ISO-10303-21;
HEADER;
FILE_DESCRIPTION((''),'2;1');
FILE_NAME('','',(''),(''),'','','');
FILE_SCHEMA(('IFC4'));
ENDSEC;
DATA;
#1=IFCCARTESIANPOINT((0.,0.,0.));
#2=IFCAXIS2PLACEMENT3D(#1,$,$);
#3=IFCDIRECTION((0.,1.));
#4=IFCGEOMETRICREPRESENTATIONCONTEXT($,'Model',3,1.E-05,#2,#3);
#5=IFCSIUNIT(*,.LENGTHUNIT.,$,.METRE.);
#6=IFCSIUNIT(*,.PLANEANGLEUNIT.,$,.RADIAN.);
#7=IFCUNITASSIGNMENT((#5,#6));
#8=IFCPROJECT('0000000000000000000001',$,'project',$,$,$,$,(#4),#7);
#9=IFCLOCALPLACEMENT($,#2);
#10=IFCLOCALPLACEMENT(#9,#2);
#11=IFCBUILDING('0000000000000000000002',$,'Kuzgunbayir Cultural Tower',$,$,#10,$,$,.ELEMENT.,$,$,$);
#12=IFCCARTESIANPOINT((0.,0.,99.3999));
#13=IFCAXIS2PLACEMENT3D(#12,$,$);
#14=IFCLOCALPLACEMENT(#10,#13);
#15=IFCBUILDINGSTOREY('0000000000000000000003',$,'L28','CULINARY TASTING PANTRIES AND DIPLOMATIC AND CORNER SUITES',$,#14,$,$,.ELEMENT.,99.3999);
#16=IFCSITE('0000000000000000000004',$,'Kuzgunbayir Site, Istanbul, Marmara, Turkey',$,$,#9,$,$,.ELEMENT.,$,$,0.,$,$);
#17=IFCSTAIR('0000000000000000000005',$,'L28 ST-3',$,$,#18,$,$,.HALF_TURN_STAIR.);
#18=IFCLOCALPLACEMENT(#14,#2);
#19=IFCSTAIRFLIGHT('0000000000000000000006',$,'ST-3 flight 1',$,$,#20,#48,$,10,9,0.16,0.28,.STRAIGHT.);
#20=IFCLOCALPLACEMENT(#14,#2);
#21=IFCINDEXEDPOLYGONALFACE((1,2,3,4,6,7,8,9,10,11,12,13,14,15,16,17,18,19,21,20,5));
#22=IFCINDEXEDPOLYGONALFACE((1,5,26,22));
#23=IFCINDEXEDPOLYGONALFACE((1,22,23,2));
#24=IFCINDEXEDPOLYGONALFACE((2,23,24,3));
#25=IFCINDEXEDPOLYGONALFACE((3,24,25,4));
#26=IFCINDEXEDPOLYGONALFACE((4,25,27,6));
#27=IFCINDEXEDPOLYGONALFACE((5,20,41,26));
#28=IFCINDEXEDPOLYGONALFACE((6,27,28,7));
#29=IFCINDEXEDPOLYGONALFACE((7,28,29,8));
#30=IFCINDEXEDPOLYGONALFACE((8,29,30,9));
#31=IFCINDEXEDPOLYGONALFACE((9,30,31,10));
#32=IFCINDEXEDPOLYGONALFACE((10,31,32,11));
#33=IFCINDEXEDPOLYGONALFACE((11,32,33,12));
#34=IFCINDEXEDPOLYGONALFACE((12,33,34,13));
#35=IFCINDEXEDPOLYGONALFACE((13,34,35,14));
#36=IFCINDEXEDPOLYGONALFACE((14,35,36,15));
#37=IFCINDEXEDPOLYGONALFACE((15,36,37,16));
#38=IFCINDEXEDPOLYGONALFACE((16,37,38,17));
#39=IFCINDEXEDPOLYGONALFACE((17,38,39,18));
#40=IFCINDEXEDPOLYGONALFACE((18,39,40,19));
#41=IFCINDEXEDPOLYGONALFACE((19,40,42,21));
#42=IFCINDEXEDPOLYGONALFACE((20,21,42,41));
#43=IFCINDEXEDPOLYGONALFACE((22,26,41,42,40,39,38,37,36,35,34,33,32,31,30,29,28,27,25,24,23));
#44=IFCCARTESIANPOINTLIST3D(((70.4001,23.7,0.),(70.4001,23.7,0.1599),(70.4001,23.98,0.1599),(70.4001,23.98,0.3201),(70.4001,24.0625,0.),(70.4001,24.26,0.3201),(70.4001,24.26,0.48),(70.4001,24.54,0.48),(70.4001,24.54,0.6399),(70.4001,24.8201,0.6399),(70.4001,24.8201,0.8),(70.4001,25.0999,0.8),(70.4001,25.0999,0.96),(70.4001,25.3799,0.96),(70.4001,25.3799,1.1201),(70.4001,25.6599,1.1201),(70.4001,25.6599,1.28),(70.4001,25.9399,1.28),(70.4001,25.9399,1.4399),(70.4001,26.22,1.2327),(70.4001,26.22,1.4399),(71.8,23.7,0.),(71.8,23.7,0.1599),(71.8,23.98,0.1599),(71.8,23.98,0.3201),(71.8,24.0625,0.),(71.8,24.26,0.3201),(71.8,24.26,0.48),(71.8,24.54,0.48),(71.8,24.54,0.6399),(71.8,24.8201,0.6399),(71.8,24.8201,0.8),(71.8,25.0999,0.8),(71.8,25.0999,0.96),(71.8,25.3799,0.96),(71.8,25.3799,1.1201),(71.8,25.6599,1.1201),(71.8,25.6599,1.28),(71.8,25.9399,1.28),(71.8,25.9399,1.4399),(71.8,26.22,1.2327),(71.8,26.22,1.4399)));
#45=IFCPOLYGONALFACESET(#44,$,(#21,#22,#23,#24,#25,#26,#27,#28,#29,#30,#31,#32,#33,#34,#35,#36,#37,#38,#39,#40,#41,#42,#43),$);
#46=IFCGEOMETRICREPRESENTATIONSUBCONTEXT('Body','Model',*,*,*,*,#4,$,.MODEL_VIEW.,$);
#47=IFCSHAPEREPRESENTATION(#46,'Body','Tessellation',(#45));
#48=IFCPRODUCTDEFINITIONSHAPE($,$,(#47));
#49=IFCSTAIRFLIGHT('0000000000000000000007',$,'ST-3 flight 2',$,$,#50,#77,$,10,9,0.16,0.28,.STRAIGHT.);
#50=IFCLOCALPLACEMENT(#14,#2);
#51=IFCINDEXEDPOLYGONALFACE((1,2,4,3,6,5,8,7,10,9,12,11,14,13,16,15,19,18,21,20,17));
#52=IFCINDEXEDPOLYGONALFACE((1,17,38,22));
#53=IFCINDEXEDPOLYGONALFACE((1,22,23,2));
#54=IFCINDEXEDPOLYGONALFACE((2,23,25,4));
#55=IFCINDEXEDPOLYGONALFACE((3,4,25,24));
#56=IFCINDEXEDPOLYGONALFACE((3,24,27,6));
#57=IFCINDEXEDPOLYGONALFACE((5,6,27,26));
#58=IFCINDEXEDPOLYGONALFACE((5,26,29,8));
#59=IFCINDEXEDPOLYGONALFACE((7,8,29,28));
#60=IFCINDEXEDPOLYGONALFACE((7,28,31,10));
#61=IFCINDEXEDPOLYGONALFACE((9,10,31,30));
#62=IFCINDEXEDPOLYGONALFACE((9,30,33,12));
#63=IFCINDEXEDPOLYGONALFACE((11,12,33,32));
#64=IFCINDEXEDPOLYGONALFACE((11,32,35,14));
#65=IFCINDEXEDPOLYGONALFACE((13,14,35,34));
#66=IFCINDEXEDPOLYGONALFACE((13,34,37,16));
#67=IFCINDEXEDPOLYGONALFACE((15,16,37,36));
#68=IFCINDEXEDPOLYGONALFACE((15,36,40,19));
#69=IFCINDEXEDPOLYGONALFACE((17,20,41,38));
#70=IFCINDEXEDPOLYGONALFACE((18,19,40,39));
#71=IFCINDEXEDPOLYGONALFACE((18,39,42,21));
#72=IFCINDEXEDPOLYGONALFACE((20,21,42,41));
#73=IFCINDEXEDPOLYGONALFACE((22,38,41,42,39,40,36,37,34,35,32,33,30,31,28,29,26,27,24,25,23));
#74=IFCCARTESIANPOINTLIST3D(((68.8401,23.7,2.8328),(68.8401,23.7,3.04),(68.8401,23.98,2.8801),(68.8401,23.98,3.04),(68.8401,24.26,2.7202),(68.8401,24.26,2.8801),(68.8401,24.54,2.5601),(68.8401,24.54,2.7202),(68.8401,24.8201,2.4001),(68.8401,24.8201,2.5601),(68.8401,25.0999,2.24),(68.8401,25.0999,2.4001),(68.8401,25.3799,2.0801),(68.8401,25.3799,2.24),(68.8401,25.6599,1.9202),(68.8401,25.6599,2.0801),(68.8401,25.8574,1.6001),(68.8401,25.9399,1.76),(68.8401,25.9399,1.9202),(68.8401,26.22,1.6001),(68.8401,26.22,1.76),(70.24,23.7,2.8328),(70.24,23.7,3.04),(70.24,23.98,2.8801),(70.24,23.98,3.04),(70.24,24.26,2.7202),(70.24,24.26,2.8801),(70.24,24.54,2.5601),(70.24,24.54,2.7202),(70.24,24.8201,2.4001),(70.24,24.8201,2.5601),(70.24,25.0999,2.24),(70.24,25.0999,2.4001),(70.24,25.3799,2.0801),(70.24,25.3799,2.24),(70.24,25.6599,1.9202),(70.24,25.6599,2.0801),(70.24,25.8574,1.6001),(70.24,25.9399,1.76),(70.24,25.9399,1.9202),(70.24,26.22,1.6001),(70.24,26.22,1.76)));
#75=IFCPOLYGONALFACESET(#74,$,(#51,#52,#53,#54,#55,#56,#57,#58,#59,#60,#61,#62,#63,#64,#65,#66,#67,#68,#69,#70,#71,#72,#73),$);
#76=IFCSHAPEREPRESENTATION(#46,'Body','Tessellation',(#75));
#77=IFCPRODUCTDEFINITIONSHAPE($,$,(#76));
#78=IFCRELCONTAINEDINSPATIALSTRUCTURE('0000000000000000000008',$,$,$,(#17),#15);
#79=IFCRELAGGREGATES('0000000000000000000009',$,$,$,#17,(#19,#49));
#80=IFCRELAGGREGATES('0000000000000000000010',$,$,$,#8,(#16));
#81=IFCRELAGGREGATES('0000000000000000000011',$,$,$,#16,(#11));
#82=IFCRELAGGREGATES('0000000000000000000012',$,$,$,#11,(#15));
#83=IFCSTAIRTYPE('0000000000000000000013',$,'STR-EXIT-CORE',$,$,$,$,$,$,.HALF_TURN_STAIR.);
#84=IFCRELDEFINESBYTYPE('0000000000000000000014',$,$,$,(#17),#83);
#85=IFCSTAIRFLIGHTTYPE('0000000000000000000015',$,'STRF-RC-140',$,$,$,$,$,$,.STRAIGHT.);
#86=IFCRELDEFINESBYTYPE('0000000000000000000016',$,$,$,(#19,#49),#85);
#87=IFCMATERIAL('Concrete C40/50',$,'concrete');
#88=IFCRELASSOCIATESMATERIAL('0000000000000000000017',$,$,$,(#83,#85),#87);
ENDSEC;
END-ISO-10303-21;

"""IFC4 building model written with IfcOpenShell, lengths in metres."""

from ifc_helpers import new_model, si_unit, direction, frame, origin, place, context, subcontext, project, spatial, polyline, outline, extrude, material, type_object, element, aggregate, save


model = new_model("IFC4")

# Units and contexts
model_context = context("Model", 3, precision=1e-05, world=origin(), true_north=direction((0.0, 1.0)))
body_context = subcontext(model_context, "Body", "Model", "MODEL_VIEW")
ifc_project = project(units=[si_unit("LENGTHUNIT", "METRE"), si_unit("PLANEANGLEUNIT", "RADIAN")], contexts=[model_context])

# Site, building, storey
site_placement = place(None, origin())
site = spatial("IfcSite", under=ifc_project, at=site_placement, Name="Kuzgunbayir Site, Istanbul, Marmara, Turkey", CompositionType="ELEMENT", RefElevation=0.0)
building_placement = place(site_placement, origin())
building = spatial("IfcBuilding", under=site, at=building_placement, Name="Kuzgunbayir Cultural Tower", CompositionType="ELEMENT")
storey_placement = place(building_placement, frame((0.0, 0.0, 99.3999)))
storey = spatial("IfcBuildingStorey", under=building, at=storey_placement, Name="L28", Description="CULINARY TASTING PANTRIES AND DIPLOMATIC AND CORNER SUITES", CompositionType="ELEMENT", Elevation=99.3999)

# Shared definitions
ifc_material_1 = material(Name="Concrete C40/50", Category="concrete")

# Stair, stair flights
stair_type = type_object("IfcStairType", Name="STR-EXIT-CORE", PredefinedType="HALF_TURN_STAIR", material=ifc_material_1)
stair_placement = place(storey_placement, origin())
stair = element("IfcStair", 1, at=stair_placement, inside=storey, type_object=stair_type, Name="L28 ST-3", PredefinedType="HALF_TURN_STAIR")
stair_flight_type = type_object("IfcStairFlightType", Name="STRF-RC-140", PredefinedType="STRAIGHT", material=ifc_material_1)
stair_flight_1_placement = place(storey_placement, frame((71.1001, 23.7, 0.0), z_axis=(0.0, 0.0, 1.0), x_axis=(0.0, 1.0, 0.0)))
stair_flight_1 = element("IfcStairFlight", 2, at=stair_flight_1_placement, type_object=stair_flight_type, Name="ST-3 flight 1", NumberOfRisers=10, NumberOfTreads=9, PredefinedType="STRAIGHT", RiserHeight=0.16, TreadLength=0.28, context=body_context, shape_type="SweptSolid", body=[
    extrude(outline(polyline([(0.0, 0.0), (0.0, 0.1599), (0.28, 0.1599), (0.28, 0.3201), (0.5601, 0.3201), (0.5601, 0.48), (0.8401, 0.48), (0.8401, 0.6399), (1.1201, 0.6399), (1.1201, 0.8), (1.3999, 0.8), (1.3999, 0.96), (1.6799, 0.96), (1.6799, 1.1201), (1.96, 1.1201), (1.96, 1.28), (2.24, 1.28), (2.24, 1.4399), (2.52, 1.4399), (2.52, 1.6001), (2.52, 1.2327), (0.3625, 0.0), (0.0, 0.0)])), frame((0.0, 0.7, 0.0), z_axis=(0.0, -1.0, 0.0), x_axis=(1.0, 0.0, 0.0)), (0.0, 0.0, 1.0), 1.3999),
])
stair_flight_2_placement = place(storey_placement, frame((69.54, 26.22, 1.6001), z_axis=(0.0, 0.0, 1.0), x_axis=(0.0, -1.0, 0.0)))
stair_flight_2 = element("IfcStairFlight", 3, at=stair_flight_2_placement, type_object=stair_flight_type, Name="ST-3 flight 2", NumberOfRisers=10, NumberOfTreads=9, PredefinedType="STRAIGHT", RiserHeight=0.16, TreadLength=0.28, context=body_context, shape_type="SweptSolid", body=[
    extrude(outline(polyline([(0.0, 0.0), (0.0, 0.1599), (0.28, 0.1599), (0.28, 0.3201), (0.5601, 0.3201), (0.5601, 0.48), (0.8401, 0.48), (0.8401, 0.6399), (1.1201, 0.6399), (1.1201, 0.8), (1.3999, 0.8), (1.3999, 0.96), (1.6799, 0.96), (1.6799, 1.1201), (1.96, 1.1201), (1.96, 1.28), (2.24, 1.28), (2.24, 1.4399), (2.52, 1.4399), (2.52, 1.6001), (2.52, 1.2327), (0.3625, 0.0), (0.0, 0.0)])), frame((0.0, 0.7, 0.0), z_axis=(0.0, -1.0, 0.0), x_axis=(1.0, 0.0, 0.0)), (0.0, 0.0, 1.0), 1.3999),
])
aggregate(stair, [stair_flight_1, stair_flight_2])

save(model, "model.ifc")
